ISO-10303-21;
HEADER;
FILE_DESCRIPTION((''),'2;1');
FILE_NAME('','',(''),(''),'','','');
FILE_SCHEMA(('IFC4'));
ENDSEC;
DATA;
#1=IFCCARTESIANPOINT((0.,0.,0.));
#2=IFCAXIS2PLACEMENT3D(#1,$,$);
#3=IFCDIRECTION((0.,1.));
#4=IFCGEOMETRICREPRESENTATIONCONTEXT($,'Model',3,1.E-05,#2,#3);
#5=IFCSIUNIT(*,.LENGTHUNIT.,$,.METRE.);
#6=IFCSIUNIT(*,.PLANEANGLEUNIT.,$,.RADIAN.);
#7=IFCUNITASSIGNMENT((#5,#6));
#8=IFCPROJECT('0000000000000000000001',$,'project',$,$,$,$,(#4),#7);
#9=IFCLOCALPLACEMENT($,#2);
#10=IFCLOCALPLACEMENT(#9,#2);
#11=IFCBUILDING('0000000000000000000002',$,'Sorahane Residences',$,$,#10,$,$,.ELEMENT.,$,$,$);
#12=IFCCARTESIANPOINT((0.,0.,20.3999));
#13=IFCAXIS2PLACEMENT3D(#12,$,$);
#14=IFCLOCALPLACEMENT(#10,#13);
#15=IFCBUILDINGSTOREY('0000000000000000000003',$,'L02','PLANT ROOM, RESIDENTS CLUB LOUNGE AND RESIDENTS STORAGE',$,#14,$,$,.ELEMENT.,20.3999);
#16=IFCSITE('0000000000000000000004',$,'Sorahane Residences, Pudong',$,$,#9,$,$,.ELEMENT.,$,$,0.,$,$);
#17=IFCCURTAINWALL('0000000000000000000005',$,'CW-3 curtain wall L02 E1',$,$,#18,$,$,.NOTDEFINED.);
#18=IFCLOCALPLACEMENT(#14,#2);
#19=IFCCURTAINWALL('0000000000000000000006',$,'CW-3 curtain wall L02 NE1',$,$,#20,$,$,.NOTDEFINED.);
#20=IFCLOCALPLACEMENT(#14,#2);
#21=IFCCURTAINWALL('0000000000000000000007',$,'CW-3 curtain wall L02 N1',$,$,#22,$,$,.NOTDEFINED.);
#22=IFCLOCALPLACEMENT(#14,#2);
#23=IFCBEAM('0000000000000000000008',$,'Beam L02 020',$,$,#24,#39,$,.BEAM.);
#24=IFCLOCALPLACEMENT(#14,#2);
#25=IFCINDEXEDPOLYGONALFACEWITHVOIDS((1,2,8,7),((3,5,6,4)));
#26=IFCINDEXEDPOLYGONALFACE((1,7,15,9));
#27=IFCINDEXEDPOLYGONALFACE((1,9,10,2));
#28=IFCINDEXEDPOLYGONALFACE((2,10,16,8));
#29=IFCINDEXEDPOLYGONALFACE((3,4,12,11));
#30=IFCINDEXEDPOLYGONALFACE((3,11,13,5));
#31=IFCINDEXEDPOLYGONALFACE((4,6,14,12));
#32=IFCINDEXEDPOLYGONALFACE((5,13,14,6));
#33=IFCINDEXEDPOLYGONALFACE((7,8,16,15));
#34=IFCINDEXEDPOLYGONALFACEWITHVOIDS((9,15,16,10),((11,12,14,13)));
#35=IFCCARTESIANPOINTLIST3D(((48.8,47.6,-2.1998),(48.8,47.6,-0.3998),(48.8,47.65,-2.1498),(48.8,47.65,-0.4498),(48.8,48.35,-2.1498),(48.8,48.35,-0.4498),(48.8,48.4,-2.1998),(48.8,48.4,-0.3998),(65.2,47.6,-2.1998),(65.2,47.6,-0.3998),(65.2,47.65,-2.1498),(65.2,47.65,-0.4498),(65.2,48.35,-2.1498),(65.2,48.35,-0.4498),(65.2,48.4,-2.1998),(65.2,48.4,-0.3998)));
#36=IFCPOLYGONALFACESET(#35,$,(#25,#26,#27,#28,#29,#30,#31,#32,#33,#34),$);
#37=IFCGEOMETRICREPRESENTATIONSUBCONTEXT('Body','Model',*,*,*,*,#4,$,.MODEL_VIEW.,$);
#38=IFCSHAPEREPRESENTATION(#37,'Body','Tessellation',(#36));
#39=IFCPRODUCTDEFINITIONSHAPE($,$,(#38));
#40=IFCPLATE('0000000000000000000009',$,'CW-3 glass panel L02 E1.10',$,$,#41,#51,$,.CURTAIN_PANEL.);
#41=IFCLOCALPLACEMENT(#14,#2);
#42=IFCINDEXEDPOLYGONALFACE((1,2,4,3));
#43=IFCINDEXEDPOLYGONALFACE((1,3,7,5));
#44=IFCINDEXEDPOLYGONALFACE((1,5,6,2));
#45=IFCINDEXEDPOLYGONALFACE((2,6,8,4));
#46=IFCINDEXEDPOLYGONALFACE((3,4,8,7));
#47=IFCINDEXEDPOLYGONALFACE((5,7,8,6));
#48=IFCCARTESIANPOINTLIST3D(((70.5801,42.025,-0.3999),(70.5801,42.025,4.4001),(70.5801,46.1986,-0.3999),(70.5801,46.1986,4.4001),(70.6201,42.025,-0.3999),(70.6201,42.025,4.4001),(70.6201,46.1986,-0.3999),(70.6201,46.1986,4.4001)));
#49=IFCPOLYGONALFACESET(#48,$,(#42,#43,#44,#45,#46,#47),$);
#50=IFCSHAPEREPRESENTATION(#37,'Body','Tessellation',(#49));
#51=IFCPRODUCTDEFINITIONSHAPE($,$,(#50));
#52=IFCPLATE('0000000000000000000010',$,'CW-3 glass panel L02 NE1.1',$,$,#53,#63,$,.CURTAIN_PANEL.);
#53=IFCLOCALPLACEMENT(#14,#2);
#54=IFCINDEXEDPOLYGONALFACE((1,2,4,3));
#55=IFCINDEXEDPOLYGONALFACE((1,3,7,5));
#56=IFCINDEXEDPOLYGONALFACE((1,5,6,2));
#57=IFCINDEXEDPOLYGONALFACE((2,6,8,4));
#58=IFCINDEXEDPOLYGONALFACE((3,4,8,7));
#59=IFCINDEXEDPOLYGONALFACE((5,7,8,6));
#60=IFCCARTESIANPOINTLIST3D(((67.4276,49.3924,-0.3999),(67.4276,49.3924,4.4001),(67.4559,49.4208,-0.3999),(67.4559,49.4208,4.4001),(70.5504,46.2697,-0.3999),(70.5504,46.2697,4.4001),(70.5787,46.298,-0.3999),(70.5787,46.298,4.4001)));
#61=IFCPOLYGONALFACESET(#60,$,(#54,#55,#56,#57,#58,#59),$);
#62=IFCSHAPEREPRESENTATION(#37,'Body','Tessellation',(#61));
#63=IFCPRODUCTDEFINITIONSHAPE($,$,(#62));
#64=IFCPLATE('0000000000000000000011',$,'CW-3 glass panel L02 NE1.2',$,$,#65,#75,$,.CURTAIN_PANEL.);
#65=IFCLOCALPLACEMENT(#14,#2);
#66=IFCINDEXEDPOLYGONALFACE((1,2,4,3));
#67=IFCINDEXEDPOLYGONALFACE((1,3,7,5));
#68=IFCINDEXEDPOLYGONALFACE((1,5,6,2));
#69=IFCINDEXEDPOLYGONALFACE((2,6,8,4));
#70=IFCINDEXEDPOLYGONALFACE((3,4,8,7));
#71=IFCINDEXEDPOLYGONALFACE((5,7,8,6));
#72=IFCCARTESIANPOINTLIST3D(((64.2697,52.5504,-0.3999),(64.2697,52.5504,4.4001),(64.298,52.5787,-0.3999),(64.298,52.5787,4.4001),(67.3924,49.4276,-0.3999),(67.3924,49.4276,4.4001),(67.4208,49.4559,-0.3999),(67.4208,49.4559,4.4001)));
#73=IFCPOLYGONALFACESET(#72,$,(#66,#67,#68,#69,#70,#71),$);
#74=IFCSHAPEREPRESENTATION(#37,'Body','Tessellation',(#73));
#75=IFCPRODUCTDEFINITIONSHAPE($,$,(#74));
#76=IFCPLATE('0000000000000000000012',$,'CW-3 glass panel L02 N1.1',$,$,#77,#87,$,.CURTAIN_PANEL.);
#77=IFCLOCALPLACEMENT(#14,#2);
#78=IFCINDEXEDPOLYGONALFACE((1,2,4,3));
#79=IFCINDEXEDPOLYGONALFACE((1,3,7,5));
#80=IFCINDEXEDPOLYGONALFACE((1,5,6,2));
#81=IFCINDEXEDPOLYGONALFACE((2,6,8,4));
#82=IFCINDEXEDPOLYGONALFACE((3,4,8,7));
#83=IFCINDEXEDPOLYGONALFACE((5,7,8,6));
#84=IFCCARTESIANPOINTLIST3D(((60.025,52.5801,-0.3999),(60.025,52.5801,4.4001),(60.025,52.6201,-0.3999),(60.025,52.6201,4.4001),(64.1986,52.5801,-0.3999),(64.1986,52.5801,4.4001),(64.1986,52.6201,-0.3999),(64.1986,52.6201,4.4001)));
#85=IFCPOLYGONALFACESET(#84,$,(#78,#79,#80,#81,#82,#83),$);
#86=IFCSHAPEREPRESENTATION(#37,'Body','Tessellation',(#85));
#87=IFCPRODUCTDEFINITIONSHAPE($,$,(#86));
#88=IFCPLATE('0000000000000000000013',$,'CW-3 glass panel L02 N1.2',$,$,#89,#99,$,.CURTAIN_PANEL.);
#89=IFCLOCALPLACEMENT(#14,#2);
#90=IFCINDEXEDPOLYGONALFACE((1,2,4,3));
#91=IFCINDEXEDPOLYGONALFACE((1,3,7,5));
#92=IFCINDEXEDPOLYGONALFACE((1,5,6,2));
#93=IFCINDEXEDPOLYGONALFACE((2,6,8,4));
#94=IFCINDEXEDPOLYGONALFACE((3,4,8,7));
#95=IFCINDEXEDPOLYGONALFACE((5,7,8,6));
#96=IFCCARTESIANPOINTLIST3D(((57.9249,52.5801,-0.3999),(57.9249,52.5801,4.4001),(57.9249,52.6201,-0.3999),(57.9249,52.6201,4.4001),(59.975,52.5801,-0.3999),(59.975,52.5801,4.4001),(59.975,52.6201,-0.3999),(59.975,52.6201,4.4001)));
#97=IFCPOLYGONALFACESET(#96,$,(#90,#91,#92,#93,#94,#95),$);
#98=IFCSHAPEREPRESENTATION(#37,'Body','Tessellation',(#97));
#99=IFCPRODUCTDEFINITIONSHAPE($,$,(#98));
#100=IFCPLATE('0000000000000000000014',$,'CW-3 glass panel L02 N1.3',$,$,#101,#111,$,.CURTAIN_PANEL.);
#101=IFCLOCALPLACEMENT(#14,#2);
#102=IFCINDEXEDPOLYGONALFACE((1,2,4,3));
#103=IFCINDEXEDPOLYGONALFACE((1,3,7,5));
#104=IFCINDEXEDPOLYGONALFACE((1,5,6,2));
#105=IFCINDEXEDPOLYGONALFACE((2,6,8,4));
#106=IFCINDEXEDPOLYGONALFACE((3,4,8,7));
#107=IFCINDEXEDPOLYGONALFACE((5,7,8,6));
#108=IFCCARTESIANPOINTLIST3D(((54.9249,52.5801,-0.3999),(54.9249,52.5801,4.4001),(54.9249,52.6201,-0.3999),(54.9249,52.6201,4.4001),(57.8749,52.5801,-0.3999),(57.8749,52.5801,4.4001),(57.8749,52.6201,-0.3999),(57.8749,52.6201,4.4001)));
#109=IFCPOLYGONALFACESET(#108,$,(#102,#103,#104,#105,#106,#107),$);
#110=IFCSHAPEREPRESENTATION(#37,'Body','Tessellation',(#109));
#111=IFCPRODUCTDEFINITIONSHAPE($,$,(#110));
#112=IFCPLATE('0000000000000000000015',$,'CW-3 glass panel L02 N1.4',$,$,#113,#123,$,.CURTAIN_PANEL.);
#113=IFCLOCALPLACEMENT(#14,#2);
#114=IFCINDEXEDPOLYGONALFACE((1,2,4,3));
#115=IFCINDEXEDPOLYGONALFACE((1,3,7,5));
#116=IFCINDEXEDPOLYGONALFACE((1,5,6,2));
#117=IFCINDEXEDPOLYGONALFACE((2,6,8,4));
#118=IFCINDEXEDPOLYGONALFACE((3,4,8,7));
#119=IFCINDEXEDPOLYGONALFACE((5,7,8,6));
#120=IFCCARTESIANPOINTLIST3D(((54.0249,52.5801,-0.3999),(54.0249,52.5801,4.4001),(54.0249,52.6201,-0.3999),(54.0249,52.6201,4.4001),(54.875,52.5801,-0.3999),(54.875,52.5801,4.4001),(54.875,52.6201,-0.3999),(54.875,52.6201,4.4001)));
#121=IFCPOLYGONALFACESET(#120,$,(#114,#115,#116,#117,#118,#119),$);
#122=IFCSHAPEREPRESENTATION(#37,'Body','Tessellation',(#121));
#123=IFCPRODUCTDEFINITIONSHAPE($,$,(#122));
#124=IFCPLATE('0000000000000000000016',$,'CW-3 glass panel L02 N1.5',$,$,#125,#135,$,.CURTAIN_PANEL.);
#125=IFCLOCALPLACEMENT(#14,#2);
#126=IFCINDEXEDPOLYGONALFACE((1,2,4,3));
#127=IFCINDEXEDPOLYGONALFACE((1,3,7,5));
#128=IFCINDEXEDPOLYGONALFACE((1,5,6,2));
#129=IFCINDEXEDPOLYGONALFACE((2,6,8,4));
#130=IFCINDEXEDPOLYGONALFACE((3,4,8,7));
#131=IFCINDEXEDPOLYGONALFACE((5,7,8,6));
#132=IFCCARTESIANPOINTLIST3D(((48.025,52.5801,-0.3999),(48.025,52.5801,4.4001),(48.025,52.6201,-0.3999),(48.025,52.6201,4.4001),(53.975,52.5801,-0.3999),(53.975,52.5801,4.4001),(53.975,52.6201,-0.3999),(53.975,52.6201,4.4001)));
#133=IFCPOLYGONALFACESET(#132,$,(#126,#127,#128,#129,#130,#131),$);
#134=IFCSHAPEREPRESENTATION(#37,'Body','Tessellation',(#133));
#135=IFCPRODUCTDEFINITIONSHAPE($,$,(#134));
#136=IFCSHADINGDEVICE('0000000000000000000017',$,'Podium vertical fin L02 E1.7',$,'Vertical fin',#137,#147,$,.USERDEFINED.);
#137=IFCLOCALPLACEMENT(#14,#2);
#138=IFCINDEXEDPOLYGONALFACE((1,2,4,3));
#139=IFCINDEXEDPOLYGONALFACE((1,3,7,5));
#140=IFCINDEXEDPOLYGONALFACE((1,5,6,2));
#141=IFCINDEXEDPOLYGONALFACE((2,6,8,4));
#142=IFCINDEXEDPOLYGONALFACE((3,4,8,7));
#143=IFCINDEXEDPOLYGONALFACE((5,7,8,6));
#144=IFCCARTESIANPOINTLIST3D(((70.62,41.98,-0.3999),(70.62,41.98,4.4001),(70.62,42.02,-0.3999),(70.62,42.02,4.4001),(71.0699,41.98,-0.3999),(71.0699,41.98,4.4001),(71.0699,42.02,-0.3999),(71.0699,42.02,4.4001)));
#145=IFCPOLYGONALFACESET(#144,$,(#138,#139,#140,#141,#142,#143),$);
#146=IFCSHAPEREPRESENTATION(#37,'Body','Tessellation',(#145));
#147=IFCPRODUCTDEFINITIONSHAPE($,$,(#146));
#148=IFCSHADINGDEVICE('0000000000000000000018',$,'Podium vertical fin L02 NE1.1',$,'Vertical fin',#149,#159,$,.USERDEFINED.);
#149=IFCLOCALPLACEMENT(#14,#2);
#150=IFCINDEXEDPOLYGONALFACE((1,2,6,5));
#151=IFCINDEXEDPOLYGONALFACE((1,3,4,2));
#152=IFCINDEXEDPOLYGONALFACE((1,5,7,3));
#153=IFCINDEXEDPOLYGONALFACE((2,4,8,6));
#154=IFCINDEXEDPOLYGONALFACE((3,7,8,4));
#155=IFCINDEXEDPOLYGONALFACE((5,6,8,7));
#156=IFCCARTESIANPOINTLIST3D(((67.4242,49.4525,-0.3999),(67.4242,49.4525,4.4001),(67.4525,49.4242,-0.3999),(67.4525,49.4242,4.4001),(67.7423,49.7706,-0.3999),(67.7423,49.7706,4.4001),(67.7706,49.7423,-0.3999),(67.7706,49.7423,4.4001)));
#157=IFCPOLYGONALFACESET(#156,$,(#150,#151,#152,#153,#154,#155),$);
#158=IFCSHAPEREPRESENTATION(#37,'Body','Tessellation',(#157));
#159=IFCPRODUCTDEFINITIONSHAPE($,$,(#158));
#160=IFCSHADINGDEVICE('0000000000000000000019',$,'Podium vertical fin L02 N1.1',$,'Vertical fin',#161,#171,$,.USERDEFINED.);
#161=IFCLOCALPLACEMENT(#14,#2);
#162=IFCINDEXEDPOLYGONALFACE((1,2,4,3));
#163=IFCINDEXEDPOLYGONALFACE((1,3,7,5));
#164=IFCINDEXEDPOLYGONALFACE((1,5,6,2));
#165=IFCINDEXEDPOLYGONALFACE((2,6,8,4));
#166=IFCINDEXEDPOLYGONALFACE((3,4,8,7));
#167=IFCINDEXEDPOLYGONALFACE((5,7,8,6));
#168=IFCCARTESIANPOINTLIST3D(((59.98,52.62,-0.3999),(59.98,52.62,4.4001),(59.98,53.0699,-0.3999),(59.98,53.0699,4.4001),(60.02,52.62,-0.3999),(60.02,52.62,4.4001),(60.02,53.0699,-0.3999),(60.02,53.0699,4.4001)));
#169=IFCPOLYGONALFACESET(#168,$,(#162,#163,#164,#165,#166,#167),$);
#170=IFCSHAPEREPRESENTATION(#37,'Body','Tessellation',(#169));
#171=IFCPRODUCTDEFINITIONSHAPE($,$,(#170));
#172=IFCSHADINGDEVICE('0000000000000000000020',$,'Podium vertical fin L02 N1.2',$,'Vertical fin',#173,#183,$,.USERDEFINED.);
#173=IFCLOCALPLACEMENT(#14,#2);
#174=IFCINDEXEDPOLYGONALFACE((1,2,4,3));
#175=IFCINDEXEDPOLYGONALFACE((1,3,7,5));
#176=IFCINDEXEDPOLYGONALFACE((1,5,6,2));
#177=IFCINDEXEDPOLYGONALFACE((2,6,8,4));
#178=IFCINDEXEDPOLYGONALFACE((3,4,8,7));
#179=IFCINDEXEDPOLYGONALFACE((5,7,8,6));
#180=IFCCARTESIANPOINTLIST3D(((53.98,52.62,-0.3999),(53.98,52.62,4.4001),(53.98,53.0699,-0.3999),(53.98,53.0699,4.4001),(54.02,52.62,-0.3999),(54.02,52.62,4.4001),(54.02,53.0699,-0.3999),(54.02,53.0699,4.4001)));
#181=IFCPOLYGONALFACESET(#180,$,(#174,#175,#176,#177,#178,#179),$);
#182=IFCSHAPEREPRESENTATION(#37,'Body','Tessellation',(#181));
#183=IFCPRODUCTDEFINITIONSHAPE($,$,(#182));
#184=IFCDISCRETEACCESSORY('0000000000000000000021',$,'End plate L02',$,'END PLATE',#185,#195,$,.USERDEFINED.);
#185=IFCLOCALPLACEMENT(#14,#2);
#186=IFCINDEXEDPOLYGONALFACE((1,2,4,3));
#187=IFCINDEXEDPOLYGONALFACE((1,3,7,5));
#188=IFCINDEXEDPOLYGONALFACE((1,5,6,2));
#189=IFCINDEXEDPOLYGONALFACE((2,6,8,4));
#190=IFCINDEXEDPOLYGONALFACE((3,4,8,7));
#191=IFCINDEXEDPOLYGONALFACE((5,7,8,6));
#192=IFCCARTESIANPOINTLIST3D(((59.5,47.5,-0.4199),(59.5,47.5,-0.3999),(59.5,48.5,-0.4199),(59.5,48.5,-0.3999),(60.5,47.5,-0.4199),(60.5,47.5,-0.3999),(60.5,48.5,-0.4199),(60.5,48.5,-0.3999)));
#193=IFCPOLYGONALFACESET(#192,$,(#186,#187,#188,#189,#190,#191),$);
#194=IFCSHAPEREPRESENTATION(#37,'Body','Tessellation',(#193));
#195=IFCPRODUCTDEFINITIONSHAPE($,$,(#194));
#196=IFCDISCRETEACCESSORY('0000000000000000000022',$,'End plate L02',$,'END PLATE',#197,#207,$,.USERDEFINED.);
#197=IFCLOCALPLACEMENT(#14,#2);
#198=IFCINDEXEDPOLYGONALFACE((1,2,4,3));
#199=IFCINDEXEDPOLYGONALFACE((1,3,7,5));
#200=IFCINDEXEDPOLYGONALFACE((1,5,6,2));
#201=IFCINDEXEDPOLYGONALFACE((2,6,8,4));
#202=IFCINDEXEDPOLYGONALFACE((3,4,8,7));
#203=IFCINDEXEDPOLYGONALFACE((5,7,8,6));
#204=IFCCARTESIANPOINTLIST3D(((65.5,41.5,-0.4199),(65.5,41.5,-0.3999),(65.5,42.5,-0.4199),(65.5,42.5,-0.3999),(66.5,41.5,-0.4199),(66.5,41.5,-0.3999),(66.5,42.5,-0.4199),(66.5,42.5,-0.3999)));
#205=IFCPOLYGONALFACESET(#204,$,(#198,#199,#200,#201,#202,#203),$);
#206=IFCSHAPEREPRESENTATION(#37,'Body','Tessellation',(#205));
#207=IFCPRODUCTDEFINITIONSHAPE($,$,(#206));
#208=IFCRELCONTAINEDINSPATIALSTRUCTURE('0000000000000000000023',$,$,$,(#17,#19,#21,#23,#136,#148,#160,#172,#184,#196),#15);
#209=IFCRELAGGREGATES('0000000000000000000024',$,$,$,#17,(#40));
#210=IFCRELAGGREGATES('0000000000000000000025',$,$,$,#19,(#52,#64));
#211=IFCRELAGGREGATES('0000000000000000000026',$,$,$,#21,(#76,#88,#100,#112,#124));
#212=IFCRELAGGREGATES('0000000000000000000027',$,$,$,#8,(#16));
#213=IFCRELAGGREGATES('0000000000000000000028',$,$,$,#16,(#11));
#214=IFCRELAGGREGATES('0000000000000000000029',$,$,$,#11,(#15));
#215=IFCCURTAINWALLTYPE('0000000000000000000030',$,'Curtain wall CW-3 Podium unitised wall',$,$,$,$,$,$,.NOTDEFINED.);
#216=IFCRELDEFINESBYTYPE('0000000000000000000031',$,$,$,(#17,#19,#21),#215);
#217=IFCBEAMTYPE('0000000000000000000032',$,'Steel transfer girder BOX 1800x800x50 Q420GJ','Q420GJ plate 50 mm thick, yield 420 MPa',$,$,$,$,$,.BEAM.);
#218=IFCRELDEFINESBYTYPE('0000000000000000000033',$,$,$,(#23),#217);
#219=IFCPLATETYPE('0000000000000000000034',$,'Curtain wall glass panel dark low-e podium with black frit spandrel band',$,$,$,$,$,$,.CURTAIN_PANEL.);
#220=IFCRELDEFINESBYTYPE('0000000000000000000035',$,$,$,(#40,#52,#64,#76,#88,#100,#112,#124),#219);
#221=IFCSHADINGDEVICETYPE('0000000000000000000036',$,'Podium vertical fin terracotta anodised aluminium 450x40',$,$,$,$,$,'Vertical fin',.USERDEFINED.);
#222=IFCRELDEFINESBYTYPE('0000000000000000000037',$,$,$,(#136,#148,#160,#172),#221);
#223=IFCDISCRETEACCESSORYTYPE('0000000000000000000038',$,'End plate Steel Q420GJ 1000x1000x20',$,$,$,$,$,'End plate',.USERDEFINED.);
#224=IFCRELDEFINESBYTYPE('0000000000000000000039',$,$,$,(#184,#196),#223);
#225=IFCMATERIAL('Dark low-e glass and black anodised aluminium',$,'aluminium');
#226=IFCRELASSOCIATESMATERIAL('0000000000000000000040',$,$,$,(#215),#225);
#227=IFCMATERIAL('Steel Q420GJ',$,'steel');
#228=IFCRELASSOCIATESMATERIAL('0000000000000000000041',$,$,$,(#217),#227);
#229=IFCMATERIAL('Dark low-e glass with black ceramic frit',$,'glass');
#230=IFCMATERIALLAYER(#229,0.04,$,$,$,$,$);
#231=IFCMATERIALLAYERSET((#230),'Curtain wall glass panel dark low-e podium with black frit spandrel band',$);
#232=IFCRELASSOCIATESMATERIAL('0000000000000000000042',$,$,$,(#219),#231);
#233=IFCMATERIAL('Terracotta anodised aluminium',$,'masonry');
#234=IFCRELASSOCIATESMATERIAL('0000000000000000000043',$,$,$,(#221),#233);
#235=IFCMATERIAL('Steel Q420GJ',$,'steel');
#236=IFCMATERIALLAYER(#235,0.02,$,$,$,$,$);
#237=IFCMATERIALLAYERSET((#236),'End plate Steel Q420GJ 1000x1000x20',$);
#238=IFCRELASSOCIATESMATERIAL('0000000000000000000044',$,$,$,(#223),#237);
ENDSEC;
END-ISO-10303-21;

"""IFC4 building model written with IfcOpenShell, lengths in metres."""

from ifc_helpers import new_model, si_unit, direction, frame, origin, origin_2d, place, context, subcontext, project, spatial, rectangle, hollow_rectangle, extrude, material, layer, layer_set, material_profile, profile_set, type_object, element, aggregate, save


model = new_model("IFC4")

# Units and contexts
model_context = context("Model", 3, precision=1e-05, world=origin(), true_north=direction((0.0, 1.0)))
body_context = subcontext(model_context, "Body", "Model", "MODEL_VIEW")
ifc_project = project(units=[si_unit("LENGTHUNIT", "METRE"), si_unit("PLANEANGLEUNIT", "RADIAN")], contexts=[model_context])

# Site, building, storey
site_placement = place(None, origin())
site = spatial("IfcSite", under=ifc_project, at=site_placement, Name="Sorahane Residences, Pudong", CompositionType="ELEMENT", RefElevation=0.0)
building_placement = place(site_placement, origin())
building = spatial("IfcBuilding", under=site, at=building_placement, Name="Sorahane Residences", CompositionType="ELEMENT")
storey_placement = place(building_placement, frame((0.0, 0.0, 20.3999)))
storey = spatial("IfcBuildingStorey", under=building, at=storey_placement, Name="L02", Description="PLANT ROOM, RESIDENTS CLUB LOUNGE AND RESIDENTS STORAGE", CompositionType="ELEMENT", Elevation=20.3999)

# Curtain walls
ifc_material_1 = material(Name="Dark low-e glass and black anodised aluminium", Category="aluminium")
curtain_wall_type = type_object("IfcCurtainWallType", Name="Curtain wall CW-3 Podium unitised wall", PredefinedType="NOTDEFINED", material=ifc_material_1)
curtain_wall_1_placement = place(storey_placement, origin())
curtain_wall_1 = element("IfcCurtainWall", 1, at=curtain_wall_1_placement, inside=storey, type_object=curtain_wall_type, Name="CW-3 curtain wall L02 E1", PredefinedType="NOTDEFINED")
curtain_wall_2_placement = place(storey_placement, origin())
curtain_wall_2 = element("IfcCurtainWall", 2, at=curtain_wall_2_placement, inside=storey, type_object=curtain_wall_type, Name="CW-3 curtain wall L02 NE1", PredefinedType="NOTDEFINED")
curtain_wall_3_placement = place(storey_placement, origin())
curtain_wall_3 = element("IfcCurtainWall", 3, at=curtain_wall_3_placement, inside=storey, type_object=curtain_wall_type, Name="CW-3 curtain wall L02 N1", PredefinedType="NOTDEFINED")

# Beam
ifc_material_2 = material(Name="Steel Q420GJ", Category="steel")
ifc_material_profile_1 = material_profile(ifc_material_2, hollow_rectangle(XDim=0.8, YDim=1.8, WallThickness=0.05, at=origin_2d()), Name="BOX 1800x800x50")
ifc_profile_set_1 = profile_set([ifc_material_profile_1], Name="Steel Q420GJ")
beam_type = type_object("IfcBeamType", Name="Steel transfer girder BOX 1800x800x50 Q420GJ", Description="Q420GJ plate 50 mm thick, yield 420 MPa", PredefinedType="BEAM", material=ifc_profile_set_1)
beam_placement = place(storey_placement, frame((48.8, 48.0, -1.2998), z_axis=(1.0, 0.0, 0.0), x_axis=(0.0, 1.0, 0.0)))
element("IfcBeam", 4, at=beam_placement, inside=storey, type_object=beam_type, Name="Beam L02 020", PredefinedType="BEAM", context=body_context, shape_type="SweptSolid", body=[
    extrude(hollow_rectangle(XDim=0.8, YDim=1.8, WallThickness=0.05, at=origin_2d()), origin(), (0.0, 0.0, 1.0), 16.3999),
])

# Plates
ifc_material_3 = material(Name="Dark low-e glass with black ceramic frit", Category="glass")
ifc_layer_1 = layer(ifc_material_3, 0.04)
ifc_layer_set_1 = layer_set([ifc_layer_1], Name="Curtain wall glass panel dark low-e podium with black frit spandrel band")
plate_type = type_object("IfcPlateType", Name="Curtain wall glass panel dark low-e podium with black frit spandrel band", PredefinedType="CURTAIN_PANEL", material=ifc_layer_set_1)
plate_1_placement = place(storey_placement, frame((70.6001, 44.1118, -0.3999), z_axis=(0.0, 0.0, 1.0), x_axis=(0.0, 1.0, 0.0)))
plate_1 = element("IfcPlate", 5, at=plate_1_placement, type_object=plate_type, Name="CW-3 glass panel L02 E1.10", PredefinedType="CURTAIN_PANEL", context=body_context, shape_type="SweptSolid", body=[
    extrude(rectangle(XDim=4.1736, YDim=0.04, at=origin_2d()), origin(), (0.0, 0.0, 1.0), 4.8),
])
aggregate(curtain_wall_1, [plate_1])
plate_2_placement = place(storey_placement, frame((69.0032, 47.8452, -0.3999), z_axis=(0.0, 0.0, 1.0), x_axis=(-0.707107, 0.707107, 0.0)))
plate_2 = element("IfcPlate", 6, at=plate_2_placement, type_object=plate_type, Name="CW-3 glass panel L02 NE1.1", PredefinedType="CURTAIN_PANEL", context=body_context, shape_type="SweptSolid", body=[
    extrude(rectangle(XDim=4.4163, YDim=0.04, at=origin_2d()), origin(), (0.0, 0.0, 1.0), 4.8),
])
plate_3_placement = place(storey_placement, frame((65.8452, 51.0032, -0.3999), z_axis=(0.0, 0.0, 1.0), x_axis=(-0.707107, 0.707107, 0.0)))
plate_3 = element("IfcPlate", 7, at=plate_3_placement, type_object=plate_type, Name="CW-3 glass panel L02 NE1.2", PredefinedType="CURTAIN_PANEL", context=body_context, shape_type="SweptSolid", body=[
    extrude(rectangle(XDim=4.4163, YDim=0.04, at=origin_2d()), origin(), (0.0, 0.0, 1.0), 4.8),
])
aggregate(curtain_wall_2, [plate_2, plate_3])
plate_4_placement = place(storey_placement, frame((62.1118, 52.6001, -0.3999), z_axis=(0.0, 0.0, 1.0), x_axis=(-1.0, 0.0, 0.0)))
plate_4 = element("IfcPlate", 8, at=plate_4_placement, type_object=plate_type, Name="CW-3 glass panel L02 N1.1", PredefinedType="CURTAIN_PANEL", context=body_context, shape_type="SweptSolid", body=[
    extrude(rectangle(XDim=4.1736, YDim=0.04, at=origin_2d()), origin(), (0.0, 0.0, 1.0), 4.8),
])
plate_5_placement = place(storey_placement, frame((58.95, 52.6001, -0.3999), z_axis=(0.0, 0.0, 1.0), x_axis=(-1.0, 0.0, 0.0)))
plate_5 = element("IfcPlate", 9, at=plate_5_placement, type_object=plate_type, Name="CW-3 glass panel L02 N1.2", PredefinedType="CURTAIN_PANEL", context=body_context, shape_type="SweptSolid", body=[
    extrude(rectangle(XDim=2.05, YDim=0.04, at=origin_2d()), origin(), (0.0, 0.0, 1.0), 4.8),
])
plate_6_placement = place(storey_placement, frame((56.3999, 52.6001, -0.3999), z_axis=(0.0, 0.0, 1.0), x_axis=(-1.0, 0.0, 0.0)))
plate_6 = element("IfcPlate", 10, at=plate_6_placement, type_object=plate_type, Name="CW-3 glass panel L02 N1.3", PredefinedType="CURTAIN_PANEL", context=body_context, shape_type="SweptSolid", body=[
    extrude(rectangle(XDim=2.95, YDim=0.04, at=origin_2d()), origin(), (0.0, 0.0, 1.0), 4.8),
])
plate_7_placement = place(storey_placement, frame((54.45, 52.6001, -0.3999), z_axis=(0.0, 0.0, 1.0), x_axis=(-1.0, 0.0, 0.0)))
plate_7 = element("IfcPlate", 11, at=plate_7_placement, type_object=plate_type, Name="CW-3 glass panel L02 N1.4", PredefinedType="CURTAIN_PANEL", context=body_context, shape_type="SweptSolid", body=[
    extrude(rectangle(XDim=0.8501, YDim=0.04, at=origin_2d()), origin(), (0.0, 0.0, 1.0), 4.8),
])
plate_8_placement = place(storey_placement, frame((51.0, 52.6001, -0.3999), z_axis=(0.0, 0.0, 1.0), x_axis=(-1.0, 0.0, 0.0)))
plate_8 = element("IfcPlate", 12, at=plate_8_placement, type_object=plate_type, Name="CW-3 glass panel L02 N1.5", PredefinedType="CURTAIN_PANEL", context=body_context, shape_type="SweptSolid", body=[
    extrude(rectangle(XDim=5.95, YDim=0.04, at=origin_2d()), origin(), (0.0, 0.0, 1.0), 4.8),
])
aggregate(curtain_wall_3, [plate_4, plate_5, plate_6, plate_7, plate_8])

# Shading devices
ifc_material_4 = material(Name="Terracotta anodised aluminium", Category="masonry")
ifc_material_profile_2 = material_profile(ifc_material_4, rectangle(XDim=0.45, YDim=0.04, at=origin_2d()), Name="Podium vertical fin terracotta anodised aluminium 450x40")
ifc_profile_set_2 = profile_set([ifc_material_profile_2], Name="Terracotta anodised aluminium")
shading_device_type = type_object("IfcShadingDeviceType", Name="Podium vertical fin terracotta anodised aluminium 450x40", ElementType="Vertical fin", PredefinedType="USERDEFINED", material=ifc_profile_set_2)
for number, where, z_axis, x_axis, name in (
    (13, (70.845, 42.0, -0.3999), (0.0, 0.0, 1.0), (1.0, 0.0, 0.0), "Podium vertical fin L02 E1.7"),
    (14, (67.5974, 49.5974, -0.3999), (0.0, 0.0, 1.0), (0.707107, 0.707107, 0.0), "Podium vertical fin L02 NE1.1"),
    (15, (60.0, 52.845, -0.3999), (0.0, 0.0, 1.0), (0.0, 1.0, 0.0), "Podium vertical fin L02 N1.1"),
    (16, (54.0, 52.845, -0.3999), (0.0, 0.0, 1.0), (0.0, 1.0, 0.0), "Podium vertical fin L02 N1.2"),
):
    element("IfcShadingDevice", number, at=place(storey_placement, frame(where, z_axis=z_axis, x_axis=x_axis)), inside=storey, type_object=shading_device_type, Name=name, ObjectType="Vertical fin", PredefinedType="USERDEFINED", context=body_context, shape_type="SweptSolid", body=[
        extrude(rectangle(XDim=0.45, YDim=0.04, at=origin_2d()), origin(), (0.0, 0.0, 1.0), 4.8),
    ])

# Discrete accessories
ifc_material_5 = material(Name="Steel Q420GJ", Category="steel")
ifc_layer_2 = layer(ifc_material_5, 0.02)
ifc_layer_set_2 = layer_set([ifc_layer_2], Name="End plate Steel Q420GJ 1000x1000x20")
discrete_accessory_type = type_object("IfcDiscreteAccessoryType", Name="End plate Steel Q420GJ 1000x1000x20", ElementType="End plate", PredefinedType="USERDEFINED", material=ifc_layer_set_2)
for number, where, z_axis, x_axis, name in (
    (17, (60.0, 48.0, -0.4199), (0.0, 0.0, 1.0), (1.0, 0.0, 0.0), "End plate L02"),
    (18, (66.0, 42.0, -0.4199), (0.0, 0.0, 1.0), (1.0, 0.0, 0.0), "End plate L02"),
):
    element("IfcDiscreteAccessory", number, at=place(storey_placement, frame(where, z_axis=z_axis, x_axis=x_axis)), inside=storey, type_object=discrete_accessory_type, Name=name, ObjectType="END PLATE", PredefinedType="USERDEFINED", context=body_context, shape_type="SweptSolid", body=[
        extrude(rectangle(XDim=1.0, YDim=1.0, at=origin_2d()), origin(), (0.0, 0.0, 1.0), 0.02),
    ])

save(model, "model.ifc")
